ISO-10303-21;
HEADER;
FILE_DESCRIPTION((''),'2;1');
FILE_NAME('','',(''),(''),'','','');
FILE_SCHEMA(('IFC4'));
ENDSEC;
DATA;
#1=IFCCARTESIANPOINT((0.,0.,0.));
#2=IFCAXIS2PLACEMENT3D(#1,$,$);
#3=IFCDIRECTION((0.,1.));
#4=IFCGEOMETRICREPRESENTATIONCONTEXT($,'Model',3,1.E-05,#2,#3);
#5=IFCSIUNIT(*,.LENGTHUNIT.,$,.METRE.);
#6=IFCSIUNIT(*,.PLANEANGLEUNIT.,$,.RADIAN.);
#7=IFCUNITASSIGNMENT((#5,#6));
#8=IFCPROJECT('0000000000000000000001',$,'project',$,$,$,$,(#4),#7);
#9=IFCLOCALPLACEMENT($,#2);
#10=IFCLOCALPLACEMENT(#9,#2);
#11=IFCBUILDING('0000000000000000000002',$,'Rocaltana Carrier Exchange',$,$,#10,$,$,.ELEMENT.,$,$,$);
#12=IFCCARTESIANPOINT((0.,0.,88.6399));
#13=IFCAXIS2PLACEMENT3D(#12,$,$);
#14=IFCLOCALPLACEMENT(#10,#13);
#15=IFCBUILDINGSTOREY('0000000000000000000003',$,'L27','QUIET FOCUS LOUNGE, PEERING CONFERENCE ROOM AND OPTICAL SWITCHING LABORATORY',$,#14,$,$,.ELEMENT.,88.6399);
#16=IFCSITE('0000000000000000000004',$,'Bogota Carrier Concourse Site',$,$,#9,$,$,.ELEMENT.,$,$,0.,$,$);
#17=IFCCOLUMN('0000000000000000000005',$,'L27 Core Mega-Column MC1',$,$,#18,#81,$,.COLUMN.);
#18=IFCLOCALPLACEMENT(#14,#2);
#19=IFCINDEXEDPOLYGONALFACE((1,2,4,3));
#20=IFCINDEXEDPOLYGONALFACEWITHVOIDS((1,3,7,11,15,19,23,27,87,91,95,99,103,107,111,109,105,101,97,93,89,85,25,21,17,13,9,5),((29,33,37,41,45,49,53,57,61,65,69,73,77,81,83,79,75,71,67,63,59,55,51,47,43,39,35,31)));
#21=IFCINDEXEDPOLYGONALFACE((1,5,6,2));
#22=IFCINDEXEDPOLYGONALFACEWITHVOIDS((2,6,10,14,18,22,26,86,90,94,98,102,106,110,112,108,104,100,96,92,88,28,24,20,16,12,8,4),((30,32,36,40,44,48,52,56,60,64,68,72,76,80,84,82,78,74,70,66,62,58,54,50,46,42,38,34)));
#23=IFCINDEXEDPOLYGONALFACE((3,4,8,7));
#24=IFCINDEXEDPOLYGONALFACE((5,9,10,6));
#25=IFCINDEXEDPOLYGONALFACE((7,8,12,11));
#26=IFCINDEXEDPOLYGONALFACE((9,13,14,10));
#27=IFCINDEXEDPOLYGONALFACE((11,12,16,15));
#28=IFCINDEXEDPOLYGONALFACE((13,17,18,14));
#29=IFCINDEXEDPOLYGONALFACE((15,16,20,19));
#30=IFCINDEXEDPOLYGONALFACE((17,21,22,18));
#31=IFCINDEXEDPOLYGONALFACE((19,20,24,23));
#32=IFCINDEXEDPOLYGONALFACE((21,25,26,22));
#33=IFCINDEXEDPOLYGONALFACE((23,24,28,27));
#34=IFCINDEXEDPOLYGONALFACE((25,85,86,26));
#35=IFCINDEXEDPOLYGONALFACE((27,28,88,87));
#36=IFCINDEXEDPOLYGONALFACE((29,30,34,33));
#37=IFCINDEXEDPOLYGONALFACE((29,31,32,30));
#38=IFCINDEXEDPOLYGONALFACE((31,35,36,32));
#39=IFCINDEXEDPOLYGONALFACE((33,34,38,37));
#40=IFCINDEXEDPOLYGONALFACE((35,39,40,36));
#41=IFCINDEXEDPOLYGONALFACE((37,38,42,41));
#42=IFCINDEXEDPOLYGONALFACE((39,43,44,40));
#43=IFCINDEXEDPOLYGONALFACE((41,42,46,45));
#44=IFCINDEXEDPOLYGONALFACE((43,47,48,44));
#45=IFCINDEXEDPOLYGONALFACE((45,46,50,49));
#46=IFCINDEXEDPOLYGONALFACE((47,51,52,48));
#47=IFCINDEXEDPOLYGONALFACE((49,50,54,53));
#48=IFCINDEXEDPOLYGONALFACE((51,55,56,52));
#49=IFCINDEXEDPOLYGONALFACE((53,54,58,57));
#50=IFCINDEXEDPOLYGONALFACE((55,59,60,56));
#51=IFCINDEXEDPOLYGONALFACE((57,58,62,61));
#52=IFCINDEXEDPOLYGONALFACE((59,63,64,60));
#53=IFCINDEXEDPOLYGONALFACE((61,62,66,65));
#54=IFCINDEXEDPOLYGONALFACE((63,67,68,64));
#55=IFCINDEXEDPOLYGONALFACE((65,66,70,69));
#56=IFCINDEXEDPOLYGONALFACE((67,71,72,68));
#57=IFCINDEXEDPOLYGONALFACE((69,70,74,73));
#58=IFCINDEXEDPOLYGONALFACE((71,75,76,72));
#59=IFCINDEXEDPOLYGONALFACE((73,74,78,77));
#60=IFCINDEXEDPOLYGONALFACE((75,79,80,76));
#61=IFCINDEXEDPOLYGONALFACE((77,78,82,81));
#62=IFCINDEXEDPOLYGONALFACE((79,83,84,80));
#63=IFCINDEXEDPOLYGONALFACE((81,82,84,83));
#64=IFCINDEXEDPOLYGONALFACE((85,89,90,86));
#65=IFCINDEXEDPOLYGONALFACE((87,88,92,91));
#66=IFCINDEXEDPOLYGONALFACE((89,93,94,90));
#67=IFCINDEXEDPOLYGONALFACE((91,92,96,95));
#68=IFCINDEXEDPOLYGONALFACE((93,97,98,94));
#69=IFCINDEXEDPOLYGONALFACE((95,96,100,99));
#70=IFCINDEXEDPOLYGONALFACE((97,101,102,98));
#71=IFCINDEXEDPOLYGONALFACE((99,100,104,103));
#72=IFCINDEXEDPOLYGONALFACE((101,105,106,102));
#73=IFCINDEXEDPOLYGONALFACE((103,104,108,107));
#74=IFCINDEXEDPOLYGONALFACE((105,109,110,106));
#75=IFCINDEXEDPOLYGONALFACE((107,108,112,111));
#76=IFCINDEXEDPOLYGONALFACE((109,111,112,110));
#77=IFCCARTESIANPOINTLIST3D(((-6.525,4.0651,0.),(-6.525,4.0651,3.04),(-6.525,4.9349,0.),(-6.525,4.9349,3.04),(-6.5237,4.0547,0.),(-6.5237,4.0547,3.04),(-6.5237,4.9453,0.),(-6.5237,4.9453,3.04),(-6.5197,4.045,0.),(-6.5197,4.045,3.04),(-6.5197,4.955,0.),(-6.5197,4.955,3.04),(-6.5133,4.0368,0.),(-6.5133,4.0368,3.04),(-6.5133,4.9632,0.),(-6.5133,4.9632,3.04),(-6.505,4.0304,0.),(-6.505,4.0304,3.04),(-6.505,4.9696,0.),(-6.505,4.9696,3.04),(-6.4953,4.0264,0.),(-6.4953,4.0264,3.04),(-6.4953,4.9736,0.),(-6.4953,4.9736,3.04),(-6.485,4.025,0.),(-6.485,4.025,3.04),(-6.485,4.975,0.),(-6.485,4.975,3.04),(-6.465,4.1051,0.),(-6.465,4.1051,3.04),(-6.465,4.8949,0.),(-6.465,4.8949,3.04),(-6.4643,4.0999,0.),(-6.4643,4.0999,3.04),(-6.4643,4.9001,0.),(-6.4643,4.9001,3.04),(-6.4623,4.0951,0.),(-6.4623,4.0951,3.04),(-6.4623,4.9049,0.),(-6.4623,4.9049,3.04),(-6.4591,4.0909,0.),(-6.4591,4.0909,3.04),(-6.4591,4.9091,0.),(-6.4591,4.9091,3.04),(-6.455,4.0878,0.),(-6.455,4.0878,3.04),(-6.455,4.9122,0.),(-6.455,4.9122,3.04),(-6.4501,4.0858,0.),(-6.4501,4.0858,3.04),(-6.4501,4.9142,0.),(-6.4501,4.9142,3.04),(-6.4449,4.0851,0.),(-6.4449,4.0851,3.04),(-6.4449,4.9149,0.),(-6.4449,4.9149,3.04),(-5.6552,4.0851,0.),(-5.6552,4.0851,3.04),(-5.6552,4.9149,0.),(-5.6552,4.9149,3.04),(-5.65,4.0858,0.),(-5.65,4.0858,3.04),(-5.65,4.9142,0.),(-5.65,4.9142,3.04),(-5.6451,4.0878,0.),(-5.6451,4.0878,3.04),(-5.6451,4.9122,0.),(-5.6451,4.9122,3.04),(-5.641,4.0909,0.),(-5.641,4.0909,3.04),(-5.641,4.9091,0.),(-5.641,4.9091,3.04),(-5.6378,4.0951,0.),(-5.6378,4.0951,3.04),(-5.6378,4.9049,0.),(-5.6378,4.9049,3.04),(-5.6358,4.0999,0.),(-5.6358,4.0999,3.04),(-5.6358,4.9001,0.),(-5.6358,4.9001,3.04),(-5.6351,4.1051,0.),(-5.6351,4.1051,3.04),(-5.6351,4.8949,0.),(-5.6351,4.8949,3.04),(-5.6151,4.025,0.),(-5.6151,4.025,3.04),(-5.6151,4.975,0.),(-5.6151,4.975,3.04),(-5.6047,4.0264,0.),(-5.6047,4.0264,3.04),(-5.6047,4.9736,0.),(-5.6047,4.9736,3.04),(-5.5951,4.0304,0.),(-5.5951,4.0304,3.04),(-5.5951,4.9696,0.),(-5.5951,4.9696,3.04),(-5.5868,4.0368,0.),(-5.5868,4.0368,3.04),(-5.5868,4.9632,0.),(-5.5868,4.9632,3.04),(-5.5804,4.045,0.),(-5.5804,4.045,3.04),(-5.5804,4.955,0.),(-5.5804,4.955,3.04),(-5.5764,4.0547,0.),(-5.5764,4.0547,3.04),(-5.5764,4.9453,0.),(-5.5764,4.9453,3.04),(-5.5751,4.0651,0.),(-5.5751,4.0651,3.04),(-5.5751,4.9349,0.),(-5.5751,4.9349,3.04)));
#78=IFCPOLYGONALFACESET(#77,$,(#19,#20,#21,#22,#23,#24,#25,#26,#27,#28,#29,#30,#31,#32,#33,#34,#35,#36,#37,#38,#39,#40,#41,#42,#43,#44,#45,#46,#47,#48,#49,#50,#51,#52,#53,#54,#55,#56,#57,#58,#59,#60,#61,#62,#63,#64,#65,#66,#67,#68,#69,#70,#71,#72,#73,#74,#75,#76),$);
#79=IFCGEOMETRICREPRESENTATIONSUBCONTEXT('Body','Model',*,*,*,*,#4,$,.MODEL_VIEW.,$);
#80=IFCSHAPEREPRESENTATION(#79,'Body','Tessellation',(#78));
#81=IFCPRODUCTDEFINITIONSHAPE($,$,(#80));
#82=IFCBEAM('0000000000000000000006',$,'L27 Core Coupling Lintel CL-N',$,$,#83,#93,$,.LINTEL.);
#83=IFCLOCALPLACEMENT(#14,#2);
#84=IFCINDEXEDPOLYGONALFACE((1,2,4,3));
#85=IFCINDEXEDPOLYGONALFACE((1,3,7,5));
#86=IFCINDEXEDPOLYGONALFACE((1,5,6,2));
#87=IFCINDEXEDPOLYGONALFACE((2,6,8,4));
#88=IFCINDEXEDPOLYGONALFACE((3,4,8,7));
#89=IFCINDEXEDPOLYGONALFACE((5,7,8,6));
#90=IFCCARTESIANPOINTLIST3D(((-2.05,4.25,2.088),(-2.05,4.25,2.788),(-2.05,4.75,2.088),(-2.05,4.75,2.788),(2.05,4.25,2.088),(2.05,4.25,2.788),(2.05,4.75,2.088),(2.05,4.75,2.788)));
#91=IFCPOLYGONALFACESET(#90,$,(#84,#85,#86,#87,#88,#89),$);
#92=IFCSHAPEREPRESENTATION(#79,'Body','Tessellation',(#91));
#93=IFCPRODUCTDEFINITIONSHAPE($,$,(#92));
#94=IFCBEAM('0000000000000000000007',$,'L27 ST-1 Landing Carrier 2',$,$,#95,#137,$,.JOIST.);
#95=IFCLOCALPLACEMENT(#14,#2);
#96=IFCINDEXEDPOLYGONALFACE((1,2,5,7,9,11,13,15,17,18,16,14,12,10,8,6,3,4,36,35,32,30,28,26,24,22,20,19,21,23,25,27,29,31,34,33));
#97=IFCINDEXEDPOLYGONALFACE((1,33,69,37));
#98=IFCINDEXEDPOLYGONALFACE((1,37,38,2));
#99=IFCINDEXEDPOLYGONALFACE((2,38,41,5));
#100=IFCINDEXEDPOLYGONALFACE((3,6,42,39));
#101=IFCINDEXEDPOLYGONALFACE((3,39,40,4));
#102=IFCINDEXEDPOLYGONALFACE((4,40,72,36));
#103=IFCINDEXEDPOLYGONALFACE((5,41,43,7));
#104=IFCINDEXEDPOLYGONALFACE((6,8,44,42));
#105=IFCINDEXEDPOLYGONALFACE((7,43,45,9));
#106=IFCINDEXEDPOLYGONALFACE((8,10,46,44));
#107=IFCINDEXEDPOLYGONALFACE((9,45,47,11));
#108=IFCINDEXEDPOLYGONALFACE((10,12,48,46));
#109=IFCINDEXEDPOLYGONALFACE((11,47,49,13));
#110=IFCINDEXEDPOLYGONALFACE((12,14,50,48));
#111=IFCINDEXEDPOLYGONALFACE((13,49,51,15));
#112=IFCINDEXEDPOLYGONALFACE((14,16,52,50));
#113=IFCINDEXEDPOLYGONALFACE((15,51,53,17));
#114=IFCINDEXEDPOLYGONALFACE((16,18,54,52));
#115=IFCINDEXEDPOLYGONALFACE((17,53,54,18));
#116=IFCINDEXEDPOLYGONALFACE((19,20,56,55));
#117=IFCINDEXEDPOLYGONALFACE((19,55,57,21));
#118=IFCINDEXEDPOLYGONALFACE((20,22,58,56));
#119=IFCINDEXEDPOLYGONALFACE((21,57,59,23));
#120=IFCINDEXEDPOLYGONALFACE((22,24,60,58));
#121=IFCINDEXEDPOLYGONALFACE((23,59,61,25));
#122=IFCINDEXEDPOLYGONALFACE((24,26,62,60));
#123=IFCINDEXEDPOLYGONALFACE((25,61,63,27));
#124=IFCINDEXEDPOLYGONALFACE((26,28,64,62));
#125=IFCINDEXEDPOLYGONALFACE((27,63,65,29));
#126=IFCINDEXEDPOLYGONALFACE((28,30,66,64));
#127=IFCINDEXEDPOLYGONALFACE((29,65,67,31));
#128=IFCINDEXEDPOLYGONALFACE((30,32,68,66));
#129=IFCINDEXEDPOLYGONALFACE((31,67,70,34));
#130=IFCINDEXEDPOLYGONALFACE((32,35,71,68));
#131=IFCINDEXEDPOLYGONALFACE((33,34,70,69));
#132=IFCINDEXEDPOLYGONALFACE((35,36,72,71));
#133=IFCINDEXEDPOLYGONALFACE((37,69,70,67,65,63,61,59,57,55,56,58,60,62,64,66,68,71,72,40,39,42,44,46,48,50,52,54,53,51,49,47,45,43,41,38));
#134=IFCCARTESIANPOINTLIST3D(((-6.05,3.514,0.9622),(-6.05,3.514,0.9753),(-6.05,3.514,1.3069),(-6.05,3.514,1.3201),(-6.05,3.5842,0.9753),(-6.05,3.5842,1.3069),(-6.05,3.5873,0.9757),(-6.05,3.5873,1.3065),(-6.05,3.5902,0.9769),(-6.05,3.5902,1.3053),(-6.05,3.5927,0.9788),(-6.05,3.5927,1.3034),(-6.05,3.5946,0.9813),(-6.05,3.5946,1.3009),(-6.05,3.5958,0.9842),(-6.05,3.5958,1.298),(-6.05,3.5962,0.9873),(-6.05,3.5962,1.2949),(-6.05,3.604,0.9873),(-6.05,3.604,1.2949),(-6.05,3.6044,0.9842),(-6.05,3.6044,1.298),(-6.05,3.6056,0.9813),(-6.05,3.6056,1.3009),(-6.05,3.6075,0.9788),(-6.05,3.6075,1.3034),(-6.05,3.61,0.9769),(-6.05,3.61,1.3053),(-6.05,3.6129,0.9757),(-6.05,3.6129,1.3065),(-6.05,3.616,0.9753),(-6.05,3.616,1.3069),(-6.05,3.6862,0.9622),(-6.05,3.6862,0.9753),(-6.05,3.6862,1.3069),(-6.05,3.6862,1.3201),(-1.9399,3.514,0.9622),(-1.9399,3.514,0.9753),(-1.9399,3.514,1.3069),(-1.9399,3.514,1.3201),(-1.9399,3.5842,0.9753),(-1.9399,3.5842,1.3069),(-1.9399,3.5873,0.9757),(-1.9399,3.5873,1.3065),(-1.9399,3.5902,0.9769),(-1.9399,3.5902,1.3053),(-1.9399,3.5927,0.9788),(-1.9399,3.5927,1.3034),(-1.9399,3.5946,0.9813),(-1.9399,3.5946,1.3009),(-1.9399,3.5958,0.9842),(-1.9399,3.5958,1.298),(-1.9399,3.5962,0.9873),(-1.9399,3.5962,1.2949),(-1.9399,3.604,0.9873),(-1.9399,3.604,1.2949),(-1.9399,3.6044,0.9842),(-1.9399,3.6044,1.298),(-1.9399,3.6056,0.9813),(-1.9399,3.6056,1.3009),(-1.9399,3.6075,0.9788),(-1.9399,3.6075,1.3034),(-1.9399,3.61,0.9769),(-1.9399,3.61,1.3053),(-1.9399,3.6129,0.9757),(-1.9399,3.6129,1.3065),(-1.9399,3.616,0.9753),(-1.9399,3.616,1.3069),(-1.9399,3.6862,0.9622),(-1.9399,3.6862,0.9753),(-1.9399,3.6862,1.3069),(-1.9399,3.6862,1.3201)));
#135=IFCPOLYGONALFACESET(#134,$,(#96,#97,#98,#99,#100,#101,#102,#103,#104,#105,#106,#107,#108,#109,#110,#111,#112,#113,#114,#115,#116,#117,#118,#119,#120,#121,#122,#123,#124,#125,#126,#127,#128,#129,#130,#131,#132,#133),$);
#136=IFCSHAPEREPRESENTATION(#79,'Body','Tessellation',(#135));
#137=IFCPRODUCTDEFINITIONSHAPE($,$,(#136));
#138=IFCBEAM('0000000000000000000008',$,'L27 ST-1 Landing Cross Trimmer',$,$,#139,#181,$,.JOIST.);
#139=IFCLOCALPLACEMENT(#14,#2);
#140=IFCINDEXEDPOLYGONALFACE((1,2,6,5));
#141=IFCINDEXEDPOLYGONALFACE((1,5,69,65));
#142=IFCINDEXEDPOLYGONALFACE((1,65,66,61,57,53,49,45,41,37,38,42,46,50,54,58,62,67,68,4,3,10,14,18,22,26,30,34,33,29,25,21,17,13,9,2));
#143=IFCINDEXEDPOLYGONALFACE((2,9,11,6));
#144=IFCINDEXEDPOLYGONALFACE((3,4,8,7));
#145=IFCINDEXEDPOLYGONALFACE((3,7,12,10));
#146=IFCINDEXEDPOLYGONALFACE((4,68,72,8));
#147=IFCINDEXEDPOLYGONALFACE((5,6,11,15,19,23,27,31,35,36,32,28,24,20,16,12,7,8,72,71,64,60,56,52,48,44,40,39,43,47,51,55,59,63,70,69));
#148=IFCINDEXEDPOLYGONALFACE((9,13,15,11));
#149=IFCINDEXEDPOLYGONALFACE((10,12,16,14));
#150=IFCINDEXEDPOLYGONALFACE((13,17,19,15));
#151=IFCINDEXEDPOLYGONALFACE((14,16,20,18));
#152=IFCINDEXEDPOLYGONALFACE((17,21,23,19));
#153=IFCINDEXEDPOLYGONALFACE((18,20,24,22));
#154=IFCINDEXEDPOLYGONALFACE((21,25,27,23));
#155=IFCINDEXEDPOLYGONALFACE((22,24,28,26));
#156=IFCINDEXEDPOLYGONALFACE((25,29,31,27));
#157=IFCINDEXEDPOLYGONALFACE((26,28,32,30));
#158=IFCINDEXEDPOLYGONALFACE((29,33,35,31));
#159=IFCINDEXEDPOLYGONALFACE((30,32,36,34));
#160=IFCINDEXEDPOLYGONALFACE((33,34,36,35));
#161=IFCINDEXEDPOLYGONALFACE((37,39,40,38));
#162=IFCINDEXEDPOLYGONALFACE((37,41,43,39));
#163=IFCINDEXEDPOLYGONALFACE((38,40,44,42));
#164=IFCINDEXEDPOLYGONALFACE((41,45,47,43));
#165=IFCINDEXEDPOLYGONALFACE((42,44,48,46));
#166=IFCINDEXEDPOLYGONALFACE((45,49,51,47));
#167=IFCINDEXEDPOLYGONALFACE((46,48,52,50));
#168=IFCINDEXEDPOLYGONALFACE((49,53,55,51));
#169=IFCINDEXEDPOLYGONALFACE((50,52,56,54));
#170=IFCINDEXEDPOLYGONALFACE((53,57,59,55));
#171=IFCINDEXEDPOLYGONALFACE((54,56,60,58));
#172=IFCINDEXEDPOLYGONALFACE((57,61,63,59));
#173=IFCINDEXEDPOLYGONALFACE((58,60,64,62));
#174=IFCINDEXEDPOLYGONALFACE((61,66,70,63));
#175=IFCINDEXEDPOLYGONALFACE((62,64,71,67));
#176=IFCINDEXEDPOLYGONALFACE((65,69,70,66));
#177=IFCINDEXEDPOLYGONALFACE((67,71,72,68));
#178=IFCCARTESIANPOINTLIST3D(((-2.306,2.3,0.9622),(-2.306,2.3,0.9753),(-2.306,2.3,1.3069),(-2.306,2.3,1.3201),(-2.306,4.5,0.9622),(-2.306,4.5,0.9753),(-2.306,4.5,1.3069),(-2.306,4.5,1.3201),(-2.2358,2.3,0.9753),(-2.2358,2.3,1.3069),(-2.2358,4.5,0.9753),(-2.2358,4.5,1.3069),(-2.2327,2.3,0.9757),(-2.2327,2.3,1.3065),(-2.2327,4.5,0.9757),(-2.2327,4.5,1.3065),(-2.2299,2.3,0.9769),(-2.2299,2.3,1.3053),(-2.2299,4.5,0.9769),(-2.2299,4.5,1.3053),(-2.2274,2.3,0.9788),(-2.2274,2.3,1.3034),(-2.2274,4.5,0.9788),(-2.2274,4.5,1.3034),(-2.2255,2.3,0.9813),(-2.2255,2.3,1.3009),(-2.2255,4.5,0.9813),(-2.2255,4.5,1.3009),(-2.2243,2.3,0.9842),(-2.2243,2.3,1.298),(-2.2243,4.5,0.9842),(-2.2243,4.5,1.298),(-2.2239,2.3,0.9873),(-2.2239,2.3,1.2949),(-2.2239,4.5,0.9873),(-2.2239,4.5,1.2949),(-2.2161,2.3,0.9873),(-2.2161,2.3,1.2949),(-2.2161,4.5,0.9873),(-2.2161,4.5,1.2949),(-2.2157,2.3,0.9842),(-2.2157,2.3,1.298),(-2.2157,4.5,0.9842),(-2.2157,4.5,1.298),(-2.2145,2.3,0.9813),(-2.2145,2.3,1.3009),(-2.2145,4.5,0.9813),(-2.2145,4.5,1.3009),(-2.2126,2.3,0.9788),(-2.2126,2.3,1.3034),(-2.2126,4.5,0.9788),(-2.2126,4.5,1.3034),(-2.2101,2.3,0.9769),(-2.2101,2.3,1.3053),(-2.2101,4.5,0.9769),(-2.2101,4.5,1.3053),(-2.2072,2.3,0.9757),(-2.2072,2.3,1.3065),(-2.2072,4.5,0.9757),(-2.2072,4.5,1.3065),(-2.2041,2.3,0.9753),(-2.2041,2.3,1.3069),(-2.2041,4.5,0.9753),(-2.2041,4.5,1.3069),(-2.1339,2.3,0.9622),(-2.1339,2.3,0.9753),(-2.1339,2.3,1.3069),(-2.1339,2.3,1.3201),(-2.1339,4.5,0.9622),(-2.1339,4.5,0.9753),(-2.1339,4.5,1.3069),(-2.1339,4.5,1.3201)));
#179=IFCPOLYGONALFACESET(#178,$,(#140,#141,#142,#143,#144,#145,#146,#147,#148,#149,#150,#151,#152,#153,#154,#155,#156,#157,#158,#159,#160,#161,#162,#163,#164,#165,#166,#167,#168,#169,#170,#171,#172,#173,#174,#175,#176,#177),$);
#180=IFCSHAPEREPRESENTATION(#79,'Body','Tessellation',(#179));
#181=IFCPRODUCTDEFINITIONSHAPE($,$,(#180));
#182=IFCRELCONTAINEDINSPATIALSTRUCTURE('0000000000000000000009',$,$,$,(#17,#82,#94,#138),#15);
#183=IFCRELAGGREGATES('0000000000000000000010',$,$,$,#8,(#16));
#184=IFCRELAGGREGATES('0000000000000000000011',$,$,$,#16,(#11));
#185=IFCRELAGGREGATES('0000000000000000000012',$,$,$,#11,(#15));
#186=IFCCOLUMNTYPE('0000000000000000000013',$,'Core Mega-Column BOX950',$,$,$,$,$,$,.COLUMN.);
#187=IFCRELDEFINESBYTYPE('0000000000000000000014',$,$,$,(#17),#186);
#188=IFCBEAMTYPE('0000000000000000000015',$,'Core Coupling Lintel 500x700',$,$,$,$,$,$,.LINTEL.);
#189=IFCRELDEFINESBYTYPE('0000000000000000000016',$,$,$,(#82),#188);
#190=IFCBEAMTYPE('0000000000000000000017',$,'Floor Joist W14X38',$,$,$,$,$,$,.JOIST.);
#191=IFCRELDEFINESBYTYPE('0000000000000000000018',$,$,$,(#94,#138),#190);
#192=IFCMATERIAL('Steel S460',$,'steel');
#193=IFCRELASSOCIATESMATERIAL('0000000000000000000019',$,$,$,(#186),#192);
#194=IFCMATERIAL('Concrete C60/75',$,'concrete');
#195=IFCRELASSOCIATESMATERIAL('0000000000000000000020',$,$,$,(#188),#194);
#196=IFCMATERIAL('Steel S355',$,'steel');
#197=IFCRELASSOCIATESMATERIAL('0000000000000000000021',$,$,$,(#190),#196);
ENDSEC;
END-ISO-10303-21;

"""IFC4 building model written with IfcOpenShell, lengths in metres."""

from ifc_helpers import new_model, si_unit, direction, frame, origin, origin_2d, place, context, subcontext, project, spatial, rectangle, hollow_rectangle, i_section, extrude, material, material_profile, profile_set, type_object, element, save


model = new_model("IFC4")

# Units and contexts
model_context = context("Model", 3, precision=1e-05, world=origin(), true_north=direction((0.0, 1.0)))
body_context = subcontext(model_context, "Body", "Model", "MODEL_VIEW")
ifc_project = project(units=[si_unit("LENGTHUNIT", "METRE"), si_unit("PLANEANGLEUNIT", "RADIAN")], contexts=[model_context])

# Site, building, storey
site_placement = place(None, origin())
site = spatial("IfcSite", under=ifc_project, at=site_placement, Name="Bogota Carrier Concourse Site", CompositionType="ELEMENT", RefElevation=0.0)
building_placement = place(site_placement, origin())
building = spatial("IfcBuilding", under=site, at=building_placement, Name="Rocaltana Carrier Exchange", CompositionType="ELEMENT")
storey_placement = place(building_placement, frame((0.0, 0.0, 88.6399)))
storey = spatial("IfcBuildingStorey", under=building, at=storey_placement, Name="L27", Description="QUIET FOCUS LOUNGE, PEERING CONFERENCE ROOM AND OPTICAL SWITCHING LABORATORY", CompositionType="ELEMENT", Elevation=88.6399)

# Column
ifc_material_1 = material(Name="Steel S460", Category="steel")
ifc_material_profile_1 = material_profile(ifc_material_1, hollow_rectangle(XDim=0.95, YDim=0.95, WallThickness=0.0601, InnerFilletRadius=0.02, OuterFilletRadius=0.04, at=origin_2d()), Name="BOX950X950X60")
ifc_profile_set_1 = profile_set([ifc_material_profile_1], Name="Steel S460")
column_type = type_object("IfcColumnType", Name="Core Mega-Column BOX950", PredefinedType="COLUMN", material=ifc_profile_set_1)
column_placement = place(storey_placement, frame((-6.05, 4.5, 0.0), z_axis=(0.0, 0.0, 1.0), x_axis=(1.0, 0.0, 0.0)))
element("IfcColumn", 1, at=column_placement, inside=storey, type_object=column_type, Name="L27 Core Mega-Column MC1", PredefinedType="COLUMN", context=body_context, shape_type="SweptSolid", body=[
    extrude(hollow_rectangle(XDim=0.95, YDim=0.95, WallThickness=0.0601, InnerFilletRadius=0.02, OuterFilletRadius=0.04, at=origin_2d()), origin(), (0.0, 0.0, 1.0), 3.04),
])

# Beams
ifc_material_2 = material(Name="Concrete C60/75", Category="concrete")
ifc_material_profile_2 = material_profile(ifc_material_2, rectangle(XDim=0.5, YDim=0.7, at=origin_2d()), Name="RC-BM-500X700")
ifc_profile_set_2 = profile_set([ifc_material_profile_2], Name="Concrete C60/75")
beam_type_1 = type_object("IfcBeamType", Name="Core Coupling Lintel 500x700", PredefinedType="LINTEL", material=ifc_profile_set_2)
beam_1_placement = place(storey_placement, frame((-2.05, 4.5, 2.438), z_axis=(1.0, 0.0, 0.0), x_axis=(0.0, 1.0, 0.0)))
element("IfcBeam", 2, at=beam_1_placement, inside=storey, type_object=beam_type_1, Name="L27 Core Coupling Lintel CL-N", PredefinedType="LINTEL", context=body_context, shape_type="SweptSolid", body=[
    extrude(rectangle(XDim=0.5, YDim=0.7, at=origin_2d()), origin(), (0.0, 0.0, 1.0), 4.1001),
])
ifc_material_3 = material(Name="Steel S355", Category="steel")
ifc_material_profile_3 = material_profile(ifc_material_3, i_section(OverallWidth=0.1721, OverallDepth=0.3579, WebThickness=0.0078, FlangeThickness=0.0132, FilletRadius=0.012, at=origin_2d()), Name="W14X38")
ifc_profile_set_3 = profile_set([ifc_material_profile_3], Name="Steel S355")
beam_type_2 = type_object("IfcBeamType", Name="Floor Joist W14X38", PredefinedType="JOIST", material=ifc_profile_set_3)
beam_2_placement = place(storey_placement, frame((-6.05, 3.6001, 1.1411), z_axis=(1.0, 0.0, 0.0), x_axis=(0.0, 1.0, 0.0)))
element("IfcBeam", 3, at=beam_2_placement, inside=storey, type_object=beam_type_2, Name="L27 ST-1 Landing Carrier 2", PredefinedType="JOIST", context=body_context, shape_type="SweptSolid", body=[
    extrude(i_section(OverallWidth=0.1721, OverallDepth=0.3579, WebThickness=0.0078, FlangeThickness=0.0132, FilletRadius=0.012, at=origin_2d()), origin(), (0.0, 0.0, 1.0), 4.1101),
])
beam_3_placement = place(storey_placement, frame((-2.22, 2.3, 1.1411), z_axis=(0.0, 1.0, 0.0), x_axis=(-1.0, 0.0, 0.0)))
element("IfcBeam", 4, at=beam_3_placement, inside=storey, type_object=beam_type_2, Name="L27 ST-1 Landing Cross Trimmer", PredefinedType="JOIST", context=body_context, shape_type="SweptSolid", body=[
    extrude(i_section(OverallWidth=0.1721, OverallDepth=0.3579, WebThickness=0.0078, FlangeThickness=0.0132, FilletRadius=0.012, at=origin_2d()), origin(), (0.0, 0.0, 1.0), 2.2),
])

save(model, "model.ifc")
